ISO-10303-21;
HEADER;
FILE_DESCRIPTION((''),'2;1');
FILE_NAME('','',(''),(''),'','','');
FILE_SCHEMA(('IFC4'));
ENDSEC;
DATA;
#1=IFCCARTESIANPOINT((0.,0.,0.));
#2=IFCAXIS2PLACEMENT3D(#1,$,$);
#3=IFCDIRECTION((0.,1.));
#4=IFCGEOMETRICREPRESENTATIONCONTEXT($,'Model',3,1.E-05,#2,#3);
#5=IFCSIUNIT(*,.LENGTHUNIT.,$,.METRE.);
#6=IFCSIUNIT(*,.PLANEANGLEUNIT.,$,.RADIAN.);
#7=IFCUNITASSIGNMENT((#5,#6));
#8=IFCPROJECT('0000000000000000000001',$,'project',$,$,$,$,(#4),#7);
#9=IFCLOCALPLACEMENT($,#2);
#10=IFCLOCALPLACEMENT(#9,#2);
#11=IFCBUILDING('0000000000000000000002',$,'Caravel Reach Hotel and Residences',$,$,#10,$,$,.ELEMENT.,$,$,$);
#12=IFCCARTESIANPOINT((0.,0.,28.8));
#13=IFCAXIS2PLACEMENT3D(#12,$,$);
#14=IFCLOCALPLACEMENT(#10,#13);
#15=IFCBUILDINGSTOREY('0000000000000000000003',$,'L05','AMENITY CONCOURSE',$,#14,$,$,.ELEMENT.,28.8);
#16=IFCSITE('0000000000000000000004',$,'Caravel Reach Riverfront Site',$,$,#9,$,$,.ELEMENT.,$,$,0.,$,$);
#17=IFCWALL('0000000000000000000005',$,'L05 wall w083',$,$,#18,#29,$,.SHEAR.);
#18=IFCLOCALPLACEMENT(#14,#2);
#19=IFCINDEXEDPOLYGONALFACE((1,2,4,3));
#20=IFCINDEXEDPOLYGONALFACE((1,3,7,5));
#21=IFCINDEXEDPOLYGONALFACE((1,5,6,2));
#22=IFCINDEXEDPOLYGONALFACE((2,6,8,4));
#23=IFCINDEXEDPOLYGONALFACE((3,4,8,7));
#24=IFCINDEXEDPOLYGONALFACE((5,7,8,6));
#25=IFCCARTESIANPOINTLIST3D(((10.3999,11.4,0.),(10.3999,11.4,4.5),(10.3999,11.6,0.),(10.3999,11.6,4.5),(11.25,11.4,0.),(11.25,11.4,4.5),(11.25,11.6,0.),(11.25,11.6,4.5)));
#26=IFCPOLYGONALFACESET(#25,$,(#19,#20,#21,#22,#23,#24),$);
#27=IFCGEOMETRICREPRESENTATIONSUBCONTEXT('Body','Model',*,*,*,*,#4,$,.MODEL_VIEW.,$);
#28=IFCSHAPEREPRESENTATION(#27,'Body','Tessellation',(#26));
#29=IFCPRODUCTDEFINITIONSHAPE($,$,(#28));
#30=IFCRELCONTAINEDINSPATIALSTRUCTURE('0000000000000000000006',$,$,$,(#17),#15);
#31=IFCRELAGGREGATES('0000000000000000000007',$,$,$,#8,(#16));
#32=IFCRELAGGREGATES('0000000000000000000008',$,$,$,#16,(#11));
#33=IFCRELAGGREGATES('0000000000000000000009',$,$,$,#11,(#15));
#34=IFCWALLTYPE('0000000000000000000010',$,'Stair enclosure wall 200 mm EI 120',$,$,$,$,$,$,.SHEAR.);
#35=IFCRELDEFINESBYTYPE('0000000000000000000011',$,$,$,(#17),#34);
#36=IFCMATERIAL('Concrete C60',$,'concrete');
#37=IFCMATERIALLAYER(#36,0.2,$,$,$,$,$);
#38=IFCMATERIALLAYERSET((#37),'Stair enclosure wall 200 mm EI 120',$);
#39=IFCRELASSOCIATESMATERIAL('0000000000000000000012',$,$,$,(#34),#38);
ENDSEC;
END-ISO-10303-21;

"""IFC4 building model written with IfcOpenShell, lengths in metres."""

from ifc_helpers import new_model, si_unit, direction, frame, frame_2d, origin, place, context, subcontext, project, spatial, rectangle, extrude, material, layer, layer_set, type_object, element, save


model = new_model("IFC4")

# Units and contexts
model_context = context("Model", 3, precision=1e-05, world=origin(), true_north=direction((0.0, 1.0)))
body_context = subcontext(model_context, "Body", "Model", "MODEL_VIEW")
ifc_project = project(units=[si_unit("LENGTHUNIT", "METRE"), si_unit("PLANEANGLEUNIT", "RADIAN")], contexts=[model_context])

# Site, building, storey
site_placement = place(None, origin())
site = spatial("IfcSite", under=ifc_project, at=site_placement, Name="Caravel Reach Riverfront Site", CompositionType="ELEMENT", RefElevation=0.0)
building_placement = place(site_placement, origin())
building = spatial("IfcBuilding", under=site, at=building_placement, Name="Caravel Reach Hotel and Residences", CompositionType="ELEMENT")
storey_placement = place(building_placement, frame((0.0, 0.0, 28.8)))
storey = spatial("IfcBuildingStorey", under=building, at=storey_placement, Name="L05", Description="AMENITY CONCOURSE", CompositionType="ELEMENT", Elevation=28.8)

# Wall
ifc_material_1 = material(Name="Concrete C60", Category="concrete")
ifc_layer_1 = layer(ifc_material_1, 0.2)
ifc_layer_set_1 = layer_set([ifc_layer_1], Name="Stair enclosure wall 200 mm EI 120")
wall_type_1 = type_object("IfcWallType", Name="Stair enclosure wall 200 mm EI 120", PredefinedType="SHEAR", material=ifc_layer_set_1)
wall_1_placement = place(storey_placement, frame((10.3999, 11.5, 0.0), z_axis=(0.0, 0.0, 1.0), x_axis=(1.0, 0.0, 0.0)))
element("IfcWall", 1, at=wall_1_placement, inside=storey, type_object=wall_type_1, Name="L05 wall w083", PredefinedType="SHEAR", context=body_context, shape_type="SweptSolid", body=[
    extrude(rectangle(XDim=0.8501, YDim=0.2, at=frame_2d((0.425, 0.0))), origin(), (0.0, 0.0, 1.0), 4.5),
])

save(model, "model.ifc")
